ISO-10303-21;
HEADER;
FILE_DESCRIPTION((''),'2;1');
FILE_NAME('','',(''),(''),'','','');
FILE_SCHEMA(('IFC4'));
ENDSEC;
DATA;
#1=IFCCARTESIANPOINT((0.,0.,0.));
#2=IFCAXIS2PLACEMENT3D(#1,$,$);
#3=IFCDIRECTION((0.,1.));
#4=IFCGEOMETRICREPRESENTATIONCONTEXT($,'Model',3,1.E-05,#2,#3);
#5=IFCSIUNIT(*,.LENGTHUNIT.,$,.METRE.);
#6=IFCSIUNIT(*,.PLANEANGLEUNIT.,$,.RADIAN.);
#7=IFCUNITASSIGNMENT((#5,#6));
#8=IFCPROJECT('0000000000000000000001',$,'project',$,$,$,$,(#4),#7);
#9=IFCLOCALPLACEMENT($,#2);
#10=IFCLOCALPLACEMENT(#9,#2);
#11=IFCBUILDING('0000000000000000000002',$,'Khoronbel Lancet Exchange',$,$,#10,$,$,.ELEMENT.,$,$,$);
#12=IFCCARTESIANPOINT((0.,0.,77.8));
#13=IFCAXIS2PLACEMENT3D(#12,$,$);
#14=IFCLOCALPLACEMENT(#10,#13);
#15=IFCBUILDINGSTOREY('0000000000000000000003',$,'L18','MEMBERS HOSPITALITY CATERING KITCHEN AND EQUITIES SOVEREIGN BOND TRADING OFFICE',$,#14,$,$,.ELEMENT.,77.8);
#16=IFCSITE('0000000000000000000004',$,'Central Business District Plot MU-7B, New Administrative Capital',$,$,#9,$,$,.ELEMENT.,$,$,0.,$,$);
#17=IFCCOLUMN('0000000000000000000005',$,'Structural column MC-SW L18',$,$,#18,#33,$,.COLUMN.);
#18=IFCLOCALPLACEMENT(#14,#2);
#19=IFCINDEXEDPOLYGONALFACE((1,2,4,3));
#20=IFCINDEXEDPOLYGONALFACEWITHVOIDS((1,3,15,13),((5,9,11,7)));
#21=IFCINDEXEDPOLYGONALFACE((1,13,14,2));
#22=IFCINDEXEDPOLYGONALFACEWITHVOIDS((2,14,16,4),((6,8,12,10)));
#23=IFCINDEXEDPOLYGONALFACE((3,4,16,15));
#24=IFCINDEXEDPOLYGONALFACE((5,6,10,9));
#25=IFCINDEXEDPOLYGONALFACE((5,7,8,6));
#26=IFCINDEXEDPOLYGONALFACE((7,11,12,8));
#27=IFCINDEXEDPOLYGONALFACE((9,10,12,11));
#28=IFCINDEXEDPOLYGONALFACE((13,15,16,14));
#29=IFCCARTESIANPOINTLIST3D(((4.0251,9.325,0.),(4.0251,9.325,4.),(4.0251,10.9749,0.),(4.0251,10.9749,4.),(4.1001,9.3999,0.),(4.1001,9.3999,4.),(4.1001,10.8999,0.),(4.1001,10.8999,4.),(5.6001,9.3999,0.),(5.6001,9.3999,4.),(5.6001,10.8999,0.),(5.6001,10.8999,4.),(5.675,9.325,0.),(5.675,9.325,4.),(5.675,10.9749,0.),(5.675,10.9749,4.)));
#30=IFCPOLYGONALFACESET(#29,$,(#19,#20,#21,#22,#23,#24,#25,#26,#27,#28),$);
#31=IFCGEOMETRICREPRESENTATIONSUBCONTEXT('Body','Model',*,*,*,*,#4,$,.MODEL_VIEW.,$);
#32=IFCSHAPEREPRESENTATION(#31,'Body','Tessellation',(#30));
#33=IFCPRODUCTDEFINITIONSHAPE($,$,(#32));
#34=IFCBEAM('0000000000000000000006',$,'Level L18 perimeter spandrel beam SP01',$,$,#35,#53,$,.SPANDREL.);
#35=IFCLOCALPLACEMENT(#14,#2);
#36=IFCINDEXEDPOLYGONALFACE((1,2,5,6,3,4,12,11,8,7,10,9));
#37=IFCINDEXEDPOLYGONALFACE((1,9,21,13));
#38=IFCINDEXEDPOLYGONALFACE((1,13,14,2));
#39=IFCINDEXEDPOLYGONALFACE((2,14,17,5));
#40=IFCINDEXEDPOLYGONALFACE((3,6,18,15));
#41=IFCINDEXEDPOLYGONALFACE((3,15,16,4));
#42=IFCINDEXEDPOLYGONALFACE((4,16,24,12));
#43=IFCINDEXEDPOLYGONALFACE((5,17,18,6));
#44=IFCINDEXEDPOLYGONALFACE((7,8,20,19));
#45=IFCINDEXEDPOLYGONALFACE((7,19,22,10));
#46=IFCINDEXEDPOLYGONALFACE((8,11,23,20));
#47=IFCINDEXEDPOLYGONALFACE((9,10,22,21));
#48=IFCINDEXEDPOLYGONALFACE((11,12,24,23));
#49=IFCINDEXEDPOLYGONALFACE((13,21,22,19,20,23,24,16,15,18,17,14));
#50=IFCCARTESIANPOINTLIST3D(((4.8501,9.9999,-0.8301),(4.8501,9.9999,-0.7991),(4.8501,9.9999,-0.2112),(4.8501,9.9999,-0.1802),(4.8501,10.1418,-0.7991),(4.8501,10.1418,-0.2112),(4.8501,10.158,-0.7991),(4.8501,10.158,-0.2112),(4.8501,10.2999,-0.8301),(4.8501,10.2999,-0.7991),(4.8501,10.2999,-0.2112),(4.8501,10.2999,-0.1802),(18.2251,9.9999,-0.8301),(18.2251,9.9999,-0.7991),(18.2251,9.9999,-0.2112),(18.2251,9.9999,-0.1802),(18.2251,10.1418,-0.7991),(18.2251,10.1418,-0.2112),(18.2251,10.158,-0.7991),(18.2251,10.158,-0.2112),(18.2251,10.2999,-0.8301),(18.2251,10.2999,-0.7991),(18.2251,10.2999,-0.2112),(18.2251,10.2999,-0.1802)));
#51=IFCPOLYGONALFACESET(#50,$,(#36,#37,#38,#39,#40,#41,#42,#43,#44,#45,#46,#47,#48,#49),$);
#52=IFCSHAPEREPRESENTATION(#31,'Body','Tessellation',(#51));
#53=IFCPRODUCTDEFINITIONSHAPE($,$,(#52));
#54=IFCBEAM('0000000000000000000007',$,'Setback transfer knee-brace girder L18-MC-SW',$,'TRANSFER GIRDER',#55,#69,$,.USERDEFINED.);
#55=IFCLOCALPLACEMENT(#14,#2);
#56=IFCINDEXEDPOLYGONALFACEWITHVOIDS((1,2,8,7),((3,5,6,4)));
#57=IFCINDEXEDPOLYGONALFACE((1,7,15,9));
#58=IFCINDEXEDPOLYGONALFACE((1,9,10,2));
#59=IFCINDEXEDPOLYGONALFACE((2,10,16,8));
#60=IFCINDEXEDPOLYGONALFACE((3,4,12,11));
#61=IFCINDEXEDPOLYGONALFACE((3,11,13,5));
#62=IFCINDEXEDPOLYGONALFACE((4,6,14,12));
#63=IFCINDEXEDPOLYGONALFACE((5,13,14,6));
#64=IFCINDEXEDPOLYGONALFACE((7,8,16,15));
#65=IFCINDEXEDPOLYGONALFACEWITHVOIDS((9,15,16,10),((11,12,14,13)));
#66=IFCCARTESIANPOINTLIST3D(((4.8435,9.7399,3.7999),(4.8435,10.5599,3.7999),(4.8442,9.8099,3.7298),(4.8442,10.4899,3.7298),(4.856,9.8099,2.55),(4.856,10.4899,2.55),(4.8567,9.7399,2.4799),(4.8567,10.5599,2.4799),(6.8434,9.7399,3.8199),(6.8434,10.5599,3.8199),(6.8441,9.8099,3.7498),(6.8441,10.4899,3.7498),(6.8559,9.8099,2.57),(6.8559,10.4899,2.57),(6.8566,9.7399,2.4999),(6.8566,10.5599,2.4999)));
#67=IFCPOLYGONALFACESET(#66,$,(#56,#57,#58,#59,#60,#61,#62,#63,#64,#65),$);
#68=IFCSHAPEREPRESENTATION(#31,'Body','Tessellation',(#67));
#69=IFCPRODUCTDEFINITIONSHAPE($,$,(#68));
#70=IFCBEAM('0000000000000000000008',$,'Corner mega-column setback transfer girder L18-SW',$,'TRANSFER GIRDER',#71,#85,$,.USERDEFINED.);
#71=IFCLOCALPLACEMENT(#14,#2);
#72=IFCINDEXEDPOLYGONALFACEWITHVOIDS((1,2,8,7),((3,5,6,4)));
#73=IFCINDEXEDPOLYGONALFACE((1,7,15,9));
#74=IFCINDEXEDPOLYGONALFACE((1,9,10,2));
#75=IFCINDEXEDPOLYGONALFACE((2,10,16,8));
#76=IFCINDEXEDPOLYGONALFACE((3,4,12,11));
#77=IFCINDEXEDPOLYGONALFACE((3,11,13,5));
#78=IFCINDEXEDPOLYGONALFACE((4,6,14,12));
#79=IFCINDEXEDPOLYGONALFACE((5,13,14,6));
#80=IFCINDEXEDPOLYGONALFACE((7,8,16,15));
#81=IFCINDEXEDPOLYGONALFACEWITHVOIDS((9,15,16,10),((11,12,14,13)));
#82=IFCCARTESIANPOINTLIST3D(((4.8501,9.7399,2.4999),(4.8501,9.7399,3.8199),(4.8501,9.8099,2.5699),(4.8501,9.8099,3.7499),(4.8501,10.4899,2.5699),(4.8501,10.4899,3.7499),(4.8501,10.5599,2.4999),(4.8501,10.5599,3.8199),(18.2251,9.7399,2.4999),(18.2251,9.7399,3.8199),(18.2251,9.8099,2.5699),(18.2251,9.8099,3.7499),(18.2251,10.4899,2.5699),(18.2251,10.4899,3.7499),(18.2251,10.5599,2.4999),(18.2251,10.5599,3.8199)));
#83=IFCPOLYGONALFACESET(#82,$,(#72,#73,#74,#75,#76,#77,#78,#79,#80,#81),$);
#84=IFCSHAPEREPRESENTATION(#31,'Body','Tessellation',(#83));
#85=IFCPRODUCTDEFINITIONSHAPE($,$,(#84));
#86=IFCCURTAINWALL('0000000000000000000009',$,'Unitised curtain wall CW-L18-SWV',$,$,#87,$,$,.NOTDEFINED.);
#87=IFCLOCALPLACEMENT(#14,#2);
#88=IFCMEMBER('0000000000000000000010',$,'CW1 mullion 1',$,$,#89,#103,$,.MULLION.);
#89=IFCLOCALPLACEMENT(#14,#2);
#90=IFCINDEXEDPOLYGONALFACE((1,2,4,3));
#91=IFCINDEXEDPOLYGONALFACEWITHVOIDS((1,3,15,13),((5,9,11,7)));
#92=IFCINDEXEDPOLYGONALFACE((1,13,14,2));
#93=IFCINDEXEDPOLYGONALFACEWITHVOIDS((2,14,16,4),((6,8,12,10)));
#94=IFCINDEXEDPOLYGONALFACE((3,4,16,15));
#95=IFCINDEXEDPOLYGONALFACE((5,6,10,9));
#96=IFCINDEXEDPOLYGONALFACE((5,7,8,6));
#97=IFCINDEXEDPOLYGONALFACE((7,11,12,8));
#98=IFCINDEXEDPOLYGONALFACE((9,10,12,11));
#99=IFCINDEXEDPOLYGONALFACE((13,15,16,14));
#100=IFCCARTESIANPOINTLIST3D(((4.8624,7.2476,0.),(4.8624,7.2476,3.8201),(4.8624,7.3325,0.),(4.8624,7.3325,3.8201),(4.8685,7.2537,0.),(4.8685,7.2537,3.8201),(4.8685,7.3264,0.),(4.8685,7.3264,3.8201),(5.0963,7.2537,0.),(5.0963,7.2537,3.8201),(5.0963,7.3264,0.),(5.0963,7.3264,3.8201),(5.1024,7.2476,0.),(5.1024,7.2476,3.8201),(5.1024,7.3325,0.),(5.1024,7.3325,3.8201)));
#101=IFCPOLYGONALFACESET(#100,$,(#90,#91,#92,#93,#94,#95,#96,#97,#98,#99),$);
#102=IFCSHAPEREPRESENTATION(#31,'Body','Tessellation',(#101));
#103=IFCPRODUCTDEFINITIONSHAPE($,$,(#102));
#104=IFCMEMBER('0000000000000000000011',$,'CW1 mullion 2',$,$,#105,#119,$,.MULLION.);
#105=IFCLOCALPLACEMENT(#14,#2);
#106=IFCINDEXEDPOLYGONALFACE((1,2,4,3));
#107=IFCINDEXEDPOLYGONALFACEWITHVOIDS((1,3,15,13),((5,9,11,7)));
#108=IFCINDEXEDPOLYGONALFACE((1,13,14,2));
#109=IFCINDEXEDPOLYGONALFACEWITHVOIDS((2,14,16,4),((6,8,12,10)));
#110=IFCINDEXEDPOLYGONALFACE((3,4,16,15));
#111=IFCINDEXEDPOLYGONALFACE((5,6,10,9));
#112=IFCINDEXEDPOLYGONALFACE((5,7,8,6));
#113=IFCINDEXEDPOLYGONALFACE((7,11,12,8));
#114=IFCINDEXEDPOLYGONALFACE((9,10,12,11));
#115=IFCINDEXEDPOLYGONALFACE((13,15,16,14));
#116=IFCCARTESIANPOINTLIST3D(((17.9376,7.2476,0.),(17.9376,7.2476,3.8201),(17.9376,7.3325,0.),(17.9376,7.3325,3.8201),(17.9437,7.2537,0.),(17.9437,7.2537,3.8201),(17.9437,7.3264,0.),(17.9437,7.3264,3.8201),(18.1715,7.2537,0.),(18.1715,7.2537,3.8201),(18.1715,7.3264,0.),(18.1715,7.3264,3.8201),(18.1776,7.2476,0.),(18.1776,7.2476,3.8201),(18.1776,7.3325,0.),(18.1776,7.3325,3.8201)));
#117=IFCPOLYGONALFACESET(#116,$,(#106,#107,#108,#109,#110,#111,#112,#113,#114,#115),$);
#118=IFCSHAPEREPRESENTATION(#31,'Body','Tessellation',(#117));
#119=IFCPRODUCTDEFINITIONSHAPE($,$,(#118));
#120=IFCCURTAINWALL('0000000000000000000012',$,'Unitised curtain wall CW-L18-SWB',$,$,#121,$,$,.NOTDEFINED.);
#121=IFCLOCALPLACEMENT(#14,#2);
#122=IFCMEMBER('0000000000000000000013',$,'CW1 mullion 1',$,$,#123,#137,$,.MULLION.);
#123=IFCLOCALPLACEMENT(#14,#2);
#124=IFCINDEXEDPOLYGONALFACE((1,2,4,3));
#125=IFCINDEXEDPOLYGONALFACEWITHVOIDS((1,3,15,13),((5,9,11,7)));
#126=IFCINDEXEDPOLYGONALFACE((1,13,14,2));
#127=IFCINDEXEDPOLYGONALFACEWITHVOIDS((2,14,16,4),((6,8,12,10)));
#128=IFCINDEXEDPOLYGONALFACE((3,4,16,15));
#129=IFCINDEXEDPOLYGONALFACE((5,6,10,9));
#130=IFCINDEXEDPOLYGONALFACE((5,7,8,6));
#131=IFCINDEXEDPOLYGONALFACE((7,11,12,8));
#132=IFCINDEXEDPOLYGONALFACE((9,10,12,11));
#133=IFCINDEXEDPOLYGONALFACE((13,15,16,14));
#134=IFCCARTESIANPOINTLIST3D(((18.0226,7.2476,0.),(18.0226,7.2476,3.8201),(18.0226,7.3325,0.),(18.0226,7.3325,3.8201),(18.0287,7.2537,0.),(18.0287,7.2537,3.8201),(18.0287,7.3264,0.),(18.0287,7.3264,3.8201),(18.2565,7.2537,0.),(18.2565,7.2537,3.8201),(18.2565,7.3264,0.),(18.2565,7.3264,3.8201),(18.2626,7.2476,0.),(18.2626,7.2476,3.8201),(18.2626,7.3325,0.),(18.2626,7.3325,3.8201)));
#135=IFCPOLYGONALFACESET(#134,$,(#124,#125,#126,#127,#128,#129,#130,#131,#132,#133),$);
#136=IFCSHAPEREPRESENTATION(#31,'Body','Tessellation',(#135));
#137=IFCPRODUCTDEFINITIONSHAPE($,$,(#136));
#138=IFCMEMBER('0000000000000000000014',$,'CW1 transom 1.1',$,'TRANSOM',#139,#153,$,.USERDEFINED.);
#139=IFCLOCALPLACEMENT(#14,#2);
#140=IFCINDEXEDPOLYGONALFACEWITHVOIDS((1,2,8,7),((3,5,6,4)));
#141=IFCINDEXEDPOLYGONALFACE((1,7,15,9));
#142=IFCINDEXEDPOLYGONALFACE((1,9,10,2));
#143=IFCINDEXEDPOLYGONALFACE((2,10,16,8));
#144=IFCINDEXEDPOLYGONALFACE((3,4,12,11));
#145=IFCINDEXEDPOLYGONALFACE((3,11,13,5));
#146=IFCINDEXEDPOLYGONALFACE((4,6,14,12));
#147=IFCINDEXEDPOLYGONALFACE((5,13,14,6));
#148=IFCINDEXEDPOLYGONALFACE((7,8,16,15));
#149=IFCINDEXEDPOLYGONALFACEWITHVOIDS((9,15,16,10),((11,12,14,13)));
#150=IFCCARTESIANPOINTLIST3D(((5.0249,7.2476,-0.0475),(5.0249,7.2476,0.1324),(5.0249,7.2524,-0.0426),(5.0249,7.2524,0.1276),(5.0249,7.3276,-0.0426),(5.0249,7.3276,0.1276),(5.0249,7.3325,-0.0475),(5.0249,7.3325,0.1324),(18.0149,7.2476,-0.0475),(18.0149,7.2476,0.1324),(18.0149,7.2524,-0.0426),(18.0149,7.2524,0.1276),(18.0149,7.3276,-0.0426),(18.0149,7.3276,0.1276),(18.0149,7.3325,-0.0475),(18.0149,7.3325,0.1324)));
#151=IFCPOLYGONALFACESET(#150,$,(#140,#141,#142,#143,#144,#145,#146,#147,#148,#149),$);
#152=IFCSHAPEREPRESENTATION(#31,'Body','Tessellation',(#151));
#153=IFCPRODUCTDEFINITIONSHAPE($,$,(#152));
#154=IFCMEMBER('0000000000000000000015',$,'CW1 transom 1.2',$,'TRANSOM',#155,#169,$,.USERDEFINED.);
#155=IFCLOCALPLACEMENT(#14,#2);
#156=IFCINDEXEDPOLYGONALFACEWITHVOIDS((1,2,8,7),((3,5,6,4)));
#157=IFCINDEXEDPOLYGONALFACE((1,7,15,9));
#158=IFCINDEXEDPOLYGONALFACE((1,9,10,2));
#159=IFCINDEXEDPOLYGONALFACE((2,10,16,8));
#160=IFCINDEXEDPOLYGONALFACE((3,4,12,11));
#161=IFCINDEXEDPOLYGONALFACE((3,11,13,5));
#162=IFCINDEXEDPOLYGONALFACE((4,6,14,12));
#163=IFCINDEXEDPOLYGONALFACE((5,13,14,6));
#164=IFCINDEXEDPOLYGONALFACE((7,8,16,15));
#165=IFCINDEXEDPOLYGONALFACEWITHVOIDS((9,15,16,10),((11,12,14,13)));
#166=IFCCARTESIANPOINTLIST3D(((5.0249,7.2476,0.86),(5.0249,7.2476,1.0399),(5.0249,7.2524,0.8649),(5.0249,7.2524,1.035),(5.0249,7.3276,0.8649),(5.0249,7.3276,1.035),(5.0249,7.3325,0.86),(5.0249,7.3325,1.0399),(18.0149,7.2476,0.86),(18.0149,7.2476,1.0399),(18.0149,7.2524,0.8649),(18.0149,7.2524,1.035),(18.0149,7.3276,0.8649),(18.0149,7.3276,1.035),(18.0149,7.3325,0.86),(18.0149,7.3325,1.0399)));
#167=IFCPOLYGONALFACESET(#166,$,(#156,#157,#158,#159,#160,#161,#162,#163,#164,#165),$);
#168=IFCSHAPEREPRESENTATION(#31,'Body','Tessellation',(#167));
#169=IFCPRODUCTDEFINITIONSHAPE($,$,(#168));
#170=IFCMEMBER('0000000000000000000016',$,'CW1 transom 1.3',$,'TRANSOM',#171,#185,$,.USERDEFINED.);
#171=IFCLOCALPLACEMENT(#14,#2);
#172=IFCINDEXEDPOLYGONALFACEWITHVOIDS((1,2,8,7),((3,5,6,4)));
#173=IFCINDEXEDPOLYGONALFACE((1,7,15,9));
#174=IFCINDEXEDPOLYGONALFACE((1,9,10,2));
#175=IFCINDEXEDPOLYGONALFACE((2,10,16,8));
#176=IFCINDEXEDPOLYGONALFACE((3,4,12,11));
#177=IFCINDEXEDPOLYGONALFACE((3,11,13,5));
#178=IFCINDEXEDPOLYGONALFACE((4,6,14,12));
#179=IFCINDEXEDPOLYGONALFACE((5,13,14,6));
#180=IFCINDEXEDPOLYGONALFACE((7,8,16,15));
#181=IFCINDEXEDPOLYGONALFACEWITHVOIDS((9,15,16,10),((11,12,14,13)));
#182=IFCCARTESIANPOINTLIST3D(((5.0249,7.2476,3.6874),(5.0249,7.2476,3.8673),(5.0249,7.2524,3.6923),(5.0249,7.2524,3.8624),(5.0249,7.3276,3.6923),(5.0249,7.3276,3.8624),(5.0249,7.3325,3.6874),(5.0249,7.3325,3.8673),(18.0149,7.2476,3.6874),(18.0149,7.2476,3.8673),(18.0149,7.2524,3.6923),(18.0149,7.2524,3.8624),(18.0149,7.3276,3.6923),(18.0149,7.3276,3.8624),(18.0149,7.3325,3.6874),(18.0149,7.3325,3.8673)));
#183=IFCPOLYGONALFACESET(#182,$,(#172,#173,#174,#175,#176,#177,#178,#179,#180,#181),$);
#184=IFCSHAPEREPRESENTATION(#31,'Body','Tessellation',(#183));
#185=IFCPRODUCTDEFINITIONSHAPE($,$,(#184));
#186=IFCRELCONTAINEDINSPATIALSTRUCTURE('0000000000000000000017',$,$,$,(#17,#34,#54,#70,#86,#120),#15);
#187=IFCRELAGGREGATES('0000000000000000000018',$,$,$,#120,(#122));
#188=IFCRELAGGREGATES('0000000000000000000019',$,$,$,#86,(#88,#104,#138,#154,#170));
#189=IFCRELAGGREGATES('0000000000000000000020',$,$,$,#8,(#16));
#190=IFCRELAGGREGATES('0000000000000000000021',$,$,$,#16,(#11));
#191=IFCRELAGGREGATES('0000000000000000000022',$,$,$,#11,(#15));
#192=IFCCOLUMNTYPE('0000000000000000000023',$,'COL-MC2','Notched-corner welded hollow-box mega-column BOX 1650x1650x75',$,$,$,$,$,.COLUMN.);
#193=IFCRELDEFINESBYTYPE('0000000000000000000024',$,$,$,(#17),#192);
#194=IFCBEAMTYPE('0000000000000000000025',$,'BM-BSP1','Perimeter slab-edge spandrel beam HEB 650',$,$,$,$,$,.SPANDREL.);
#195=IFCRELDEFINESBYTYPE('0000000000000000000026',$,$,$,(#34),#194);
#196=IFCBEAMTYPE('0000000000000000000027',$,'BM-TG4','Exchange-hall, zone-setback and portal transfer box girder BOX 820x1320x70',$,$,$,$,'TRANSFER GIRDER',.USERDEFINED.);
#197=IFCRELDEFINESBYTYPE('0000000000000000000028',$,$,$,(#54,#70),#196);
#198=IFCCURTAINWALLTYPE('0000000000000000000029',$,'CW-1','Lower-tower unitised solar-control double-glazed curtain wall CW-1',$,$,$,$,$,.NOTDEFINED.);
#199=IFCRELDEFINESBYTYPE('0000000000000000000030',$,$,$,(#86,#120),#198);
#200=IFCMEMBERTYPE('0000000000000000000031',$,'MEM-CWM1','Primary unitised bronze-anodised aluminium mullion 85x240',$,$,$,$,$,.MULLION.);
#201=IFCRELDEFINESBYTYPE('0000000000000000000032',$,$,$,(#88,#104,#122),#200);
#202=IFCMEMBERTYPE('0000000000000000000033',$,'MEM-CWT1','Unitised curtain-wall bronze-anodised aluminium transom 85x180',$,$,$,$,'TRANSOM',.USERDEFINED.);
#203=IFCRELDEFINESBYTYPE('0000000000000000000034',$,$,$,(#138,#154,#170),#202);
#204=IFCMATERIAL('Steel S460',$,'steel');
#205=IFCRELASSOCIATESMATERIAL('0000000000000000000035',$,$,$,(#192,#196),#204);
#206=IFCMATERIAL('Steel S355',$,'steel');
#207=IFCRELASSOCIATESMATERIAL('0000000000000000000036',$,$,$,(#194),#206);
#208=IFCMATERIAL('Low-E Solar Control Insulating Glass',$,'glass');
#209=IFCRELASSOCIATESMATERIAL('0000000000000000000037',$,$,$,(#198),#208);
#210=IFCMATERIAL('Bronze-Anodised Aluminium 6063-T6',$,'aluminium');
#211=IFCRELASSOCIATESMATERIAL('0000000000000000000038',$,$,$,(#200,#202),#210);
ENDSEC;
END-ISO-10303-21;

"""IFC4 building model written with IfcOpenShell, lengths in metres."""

from ifc_helpers import new_model, si_unit, direction, frame, origin, origin_2d, place, context, subcontext, project, spatial, hollow_rectangle, i_section, extrude, material, material_profile, profile_set, type_object, element, aggregate, save


model = new_model("IFC4")

# Units and contexts
model_context = context("Model", 3, precision=1e-05, world=origin(), true_north=direction((0.0, 1.0)))
body_context = subcontext(model_context, "Body", "Model", "MODEL_VIEW")
ifc_project = project(units=[si_unit("LENGTHUNIT", "METRE"), si_unit("PLANEANGLEUNIT", "RADIAN")], contexts=[model_context])

# Site, building, storey
site_placement = place(None, origin())
site = spatial("IfcSite", under=ifc_project, at=site_placement, Name="Central Business District Plot MU-7B, New Administrative Capital", CompositionType="ELEMENT", RefElevation=0.0)
building_placement = place(site_placement, origin())
building = spatial("IfcBuilding", under=site, at=building_placement, Name="Khoronbel Lancet Exchange", CompositionType="ELEMENT")
storey_placement = place(building_placement, frame((0.0, 0.0, 77.8)))
storey = spatial("IfcBuildingStorey", under=building, at=storey_placement, Name="L18", Description="MEMBERS HOSPITALITY CATERING KITCHEN AND EQUITIES SOVEREIGN BOND TRADING OFFICE", CompositionType="ELEMENT", Elevation=77.8)

# Column
ifc_material_1 = material(Name="Steel S460", Category="steel")
ifc_material_profile_1 = material_profile(ifc_material_1, hollow_rectangle(XDim=1.6499, YDim=1.6499, WallThickness=0.075, at=origin_2d()), Name="BOX 1650x1650x75")
ifc_profile_set_1 = profile_set([ifc_material_profile_1], Name="Steel S460")
column_type = type_object("IfcColumnType", Name="COL-MC2", Description="Notched-corner welded hollow-box mega-column BOX 1650x1650x75", PredefinedType="COLUMN", material=ifc_profile_set_1)
column_placement = place(storey_placement, frame((4.8501, 10.1499, 0.0), z_axis=(0.0, 0.0, 1.0), x_axis=(1.0, 0.0, 0.0)))
element("IfcColumn", 1, at=column_placement, inside=storey, type_object=column_type, Name="Structural column MC-SW L18", PredefinedType="COLUMN", context=body_context, shape_type="SweptSolid", body=[
    extrude(hollow_rectangle(XDim=1.6499, YDim=1.6499, WallThickness=0.075, at=origin_2d()), origin(), (0.0, 0.0, 1.0), 4.0),
])

# Beams
ifc_material_2 = material(Name="Steel S355", Category="steel")
ifc_material_profile_2 = material_profile(ifc_material_2, i_section(OverallWidth=0.3, OverallDepth=0.6499, WebThickness=0.0161, FlangeThickness=0.031, at=origin_2d()), Name="HEB 650")
ifc_profile_set_2 = profile_set([ifc_material_profile_2], Name="Steel S355")
beam_type_1 = type_object("IfcBeamType", Name="BM-BSP1", Description="Perimeter slab-edge spandrel beam HEB 650", PredefinedType="SPANDREL", material=ifc_profile_set_2)
beam_1_placement = place(storey_placement, frame((4.8501, 10.1499, -0.5051), z_axis=(1.0, 0.0, 0.0), x_axis=(0.0, 1.0, 0.0)))
element("IfcBeam", 2, at=beam_1_placement, inside=storey, type_object=beam_type_1, Name="Level L18 perimeter spandrel beam SP01", PredefinedType="SPANDREL", context=body_context, shape_type="SweptSolid", body=[
    extrude(i_section(OverallWidth=0.3, OverallDepth=0.6499, WebThickness=0.0161, FlangeThickness=0.031, at=origin_2d()), origin(), (0.0, 0.0, 1.0), 13.375),
])
ifc_material_profile_3 = material_profile(ifc_material_1, hollow_rectangle(XDim=0.8201, YDim=1.3201, WallThickness=0.0701, at=origin_2d()), Name="BOX 820x1320x70")
ifc_profile_set_3 = profile_set([ifc_material_profile_3], Name="Steel S460")
beam_type_2 = type_object("IfcBeamType", Name="BM-TG4", Description="Exchange-hall, zone-setback and portal transfer box girder BOX 820x1320x70", ElementType="TRANSFER GIRDER", PredefinedType="USERDEFINED", material=ifc_profile_set_3)
beam_2_placement = place(storey_placement, frame((4.8501, 10.1499, 3.1399), z_axis=(0.99995, 0.0, 0.010009), x_axis=(0.0, 1.0, 0.0)))
element("IfcBeam", 3, at=beam_2_placement, inside=storey, type_object=beam_type_2, Name="Setback transfer knee-brace girder L18-MC-SW", ObjectType="TRANSFER GIRDER", PredefinedType="USERDEFINED", context=body_context, shape_type="SweptSolid", body=[
    extrude(hollow_rectangle(XDim=0.8201, YDim=1.3201, WallThickness=0.0701, at=origin_2d()), origin(), (0.0, 0.0, 1.0), 2.0),
])
beam_3_placement = place(storey_placement, frame((4.8501, 10.1499, 3.1599), z_axis=(1.0, 0.0, 0.0), x_axis=(0.0, 1.0, 0.0)))
element("IfcBeam", 4, at=beam_3_placement, inside=storey, type_object=beam_type_2, Name="Corner mega-column setback transfer girder L18-SW", ObjectType="TRANSFER GIRDER", PredefinedType="USERDEFINED", context=body_context, shape_type="SweptSolid", body=[
    extrude(hollow_rectangle(XDim=0.8201, YDim=1.3201, WallThickness=0.0701, at=origin_2d()), origin(), (0.0, 0.0, 1.0), 13.375),
])

# Curtain wall, members
ifc_material_3 = material(Name="Low-E Solar Control Insulating Glass", Category="glass")
curtain_wall_type = type_object("IfcCurtainWallType", Name="CW-1", Description="Lower-tower unitised solar-control double-glazed curtain wall CW-1", PredefinedType="NOTDEFINED", material=ifc_material_3)
curtain_wall_1_placement = place(storey_placement, origin())
curtain_wall_1 = element("IfcCurtainWall", 5, at=curtain_wall_1_placement, inside=storey, type_object=curtain_wall_type, Name="Unitised curtain wall CW-L18-SWV", PredefinedType="NOTDEFINED")
ifc_material_4 = material(Name="Bronze-Anodised Aluminium 6063-T6", Category="aluminium")
ifc_material_profile_4 = material_profile(ifc_material_4, hollow_rectangle(XDim=0.085, YDim=0.24, WallThickness=0.0061, at=origin_2d()), Name="ALU MULLION 85x240")
ifc_profile_set_4 = profile_set([ifc_material_profile_4], Name="Bronze-Anodised Aluminium 6063-T6")
member_type_1 = type_object("IfcMemberType", Name="MEM-CWM1", Description="Primary unitised bronze-anodised aluminium mullion 85x240", PredefinedType="MULLION", material=ifc_profile_set_4)
member_1_placement = place(storey_placement, frame((4.9824, 7.29, 0.0), z_axis=(0.0, 0.0, 1.0), x_axis=(0.0, 1.0, 0.0)))
member_1 = element("IfcMember", 6, at=member_1_placement, type_object=member_type_1, Name="CW1 mullion 1", PredefinedType="MULLION", context=body_context, shape_type="SweptSolid", body=[
    extrude(hollow_rectangle(XDim=0.085, YDim=0.24, WallThickness=0.0061, at=origin_2d()), origin(), (0.0, 0.0, 1.0), 3.8201),
])
member_2_placement = place(storey_placement, frame((18.0576, 7.29, 0.0), z_axis=(0.0, 0.0, 1.0), x_axis=(0.0, 1.0, 0.0)))
member_2 = element("IfcMember", 7, at=member_2_placement, type_object=member_type_1, Name="CW1 mullion 2", PredefinedType="MULLION", context=body_context, shape_type="SweptSolid", body=[
    extrude(hollow_rectangle(XDim=0.085, YDim=0.24, WallThickness=0.0061, at=origin_2d()), origin(), (0.0, 0.0, 1.0), 3.8201),
])

# Curtain wall, member
curtain_wall_2_placement = place(storey_placement, origin())
curtain_wall_2 = element("IfcCurtainWall", 8, at=curtain_wall_2_placement, inside=storey, type_object=curtain_wall_type, Name="Unitised curtain wall CW-L18-SWB", PredefinedType="NOTDEFINED")
member_3_placement = place(storey_placement, frame((18.1426, 7.29, 0.0), z_axis=(0.0, 0.0, 1.0), x_axis=(0.0, 1.0, 0.0)))
member_3 = element("IfcMember", 9, at=member_3_placement, type_object=member_type_1, Name="CW1 mullion 1", PredefinedType="MULLION", context=body_context, shape_type="SweptSolid", body=[
    extrude(hollow_rectangle(XDim=0.085, YDim=0.24, WallThickness=0.0061, at=origin_2d()), origin(), (0.0, 0.0, 1.0), 3.8201),
])
aggregate(curtain_wall_2, [member_3])

# Members
ifc_material_profile_5 = material_profile(ifc_material_4, hollow_rectangle(XDim=0.085, YDim=0.1799, WallThickness=0.0049, at=origin_2d()), Name="ALU TRANSOM 85x180")
ifc_profile_set_5 = profile_set([ifc_material_profile_5], Name="Bronze-Anodised Aluminium 6063-T6")
member_type_2 = type_object("IfcMemberType", Name="MEM-CWT1", Description="Unitised curtain-wall bronze-anodised aluminium transom 85x180", ElementType="TRANSOM", PredefinedType="USERDEFINED", material=ifc_profile_set_5)
member_4_placement = place(storey_placement, frame((5.0249, 7.29, 0.0425), z_axis=(1.0, 0.0, 0.0), x_axis=(0.0, 1.0, 0.0)))
member_4 = element("IfcMember", 10, at=member_4_placement, type_object=member_type_2, Name="CW1 transom 1.1", ObjectType="TRANSOM", PredefinedType="USERDEFINED", context=body_context, shape_type="SweptSolid", body=[
    extrude(hollow_rectangle(XDim=0.085, YDim=0.1799, WallThickness=0.0049, at=origin_2d()), origin(), (0.0, 0.0, 1.0), 12.99),
])
member_5_placement = place(storey_placement, frame((5.0249, 7.29, 0.95), z_axis=(1.0, 0.0, 0.0), x_axis=(0.0, 1.0, 0.0)))
member_5 = element("IfcMember", 11, at=member_5_placement, type_object=member_type_2, Name="CW1 transom 1.2", ObjectType="TRANSOM", PredefinedType="USERDEFINED", context=body_context, shape_type="SweptSolid", body=[
    extrude(hollow_rectangle(XDim=0.085, YDim=0.1799, WallThickness=0.0049, at=origin_2d()), origin(), (0.0, 0.0, 1.0), 12.99),
])
member_6_placement = place(storey_placement, frame((5.0249, 7.29, 3.7773), z_axis=(1.0, 0.0, 0.0), x_axis=(0.0, 1.0, 0.0)))
member_6 = element("IfcMember", 12, at=member_6_placement, type_object=member_type_2, Name="CW1 transom 1.3", ObjectType="TRANSOM", PredefinedType="USERDEFINED", context=body_context, shape_type="SweptSolid", body=[
    extrude(hollow_rectangle(XDim=0.085, YDim=0.1799, WallThickness=0.0049, at=origin_2d()), origin(), (0.0, 0.0, 1.0), 12.99),
])

aggregate(curtain_wall_1, [member_1, member_2, member_4, member_5, member_6])

save(model, "model.ifc")
